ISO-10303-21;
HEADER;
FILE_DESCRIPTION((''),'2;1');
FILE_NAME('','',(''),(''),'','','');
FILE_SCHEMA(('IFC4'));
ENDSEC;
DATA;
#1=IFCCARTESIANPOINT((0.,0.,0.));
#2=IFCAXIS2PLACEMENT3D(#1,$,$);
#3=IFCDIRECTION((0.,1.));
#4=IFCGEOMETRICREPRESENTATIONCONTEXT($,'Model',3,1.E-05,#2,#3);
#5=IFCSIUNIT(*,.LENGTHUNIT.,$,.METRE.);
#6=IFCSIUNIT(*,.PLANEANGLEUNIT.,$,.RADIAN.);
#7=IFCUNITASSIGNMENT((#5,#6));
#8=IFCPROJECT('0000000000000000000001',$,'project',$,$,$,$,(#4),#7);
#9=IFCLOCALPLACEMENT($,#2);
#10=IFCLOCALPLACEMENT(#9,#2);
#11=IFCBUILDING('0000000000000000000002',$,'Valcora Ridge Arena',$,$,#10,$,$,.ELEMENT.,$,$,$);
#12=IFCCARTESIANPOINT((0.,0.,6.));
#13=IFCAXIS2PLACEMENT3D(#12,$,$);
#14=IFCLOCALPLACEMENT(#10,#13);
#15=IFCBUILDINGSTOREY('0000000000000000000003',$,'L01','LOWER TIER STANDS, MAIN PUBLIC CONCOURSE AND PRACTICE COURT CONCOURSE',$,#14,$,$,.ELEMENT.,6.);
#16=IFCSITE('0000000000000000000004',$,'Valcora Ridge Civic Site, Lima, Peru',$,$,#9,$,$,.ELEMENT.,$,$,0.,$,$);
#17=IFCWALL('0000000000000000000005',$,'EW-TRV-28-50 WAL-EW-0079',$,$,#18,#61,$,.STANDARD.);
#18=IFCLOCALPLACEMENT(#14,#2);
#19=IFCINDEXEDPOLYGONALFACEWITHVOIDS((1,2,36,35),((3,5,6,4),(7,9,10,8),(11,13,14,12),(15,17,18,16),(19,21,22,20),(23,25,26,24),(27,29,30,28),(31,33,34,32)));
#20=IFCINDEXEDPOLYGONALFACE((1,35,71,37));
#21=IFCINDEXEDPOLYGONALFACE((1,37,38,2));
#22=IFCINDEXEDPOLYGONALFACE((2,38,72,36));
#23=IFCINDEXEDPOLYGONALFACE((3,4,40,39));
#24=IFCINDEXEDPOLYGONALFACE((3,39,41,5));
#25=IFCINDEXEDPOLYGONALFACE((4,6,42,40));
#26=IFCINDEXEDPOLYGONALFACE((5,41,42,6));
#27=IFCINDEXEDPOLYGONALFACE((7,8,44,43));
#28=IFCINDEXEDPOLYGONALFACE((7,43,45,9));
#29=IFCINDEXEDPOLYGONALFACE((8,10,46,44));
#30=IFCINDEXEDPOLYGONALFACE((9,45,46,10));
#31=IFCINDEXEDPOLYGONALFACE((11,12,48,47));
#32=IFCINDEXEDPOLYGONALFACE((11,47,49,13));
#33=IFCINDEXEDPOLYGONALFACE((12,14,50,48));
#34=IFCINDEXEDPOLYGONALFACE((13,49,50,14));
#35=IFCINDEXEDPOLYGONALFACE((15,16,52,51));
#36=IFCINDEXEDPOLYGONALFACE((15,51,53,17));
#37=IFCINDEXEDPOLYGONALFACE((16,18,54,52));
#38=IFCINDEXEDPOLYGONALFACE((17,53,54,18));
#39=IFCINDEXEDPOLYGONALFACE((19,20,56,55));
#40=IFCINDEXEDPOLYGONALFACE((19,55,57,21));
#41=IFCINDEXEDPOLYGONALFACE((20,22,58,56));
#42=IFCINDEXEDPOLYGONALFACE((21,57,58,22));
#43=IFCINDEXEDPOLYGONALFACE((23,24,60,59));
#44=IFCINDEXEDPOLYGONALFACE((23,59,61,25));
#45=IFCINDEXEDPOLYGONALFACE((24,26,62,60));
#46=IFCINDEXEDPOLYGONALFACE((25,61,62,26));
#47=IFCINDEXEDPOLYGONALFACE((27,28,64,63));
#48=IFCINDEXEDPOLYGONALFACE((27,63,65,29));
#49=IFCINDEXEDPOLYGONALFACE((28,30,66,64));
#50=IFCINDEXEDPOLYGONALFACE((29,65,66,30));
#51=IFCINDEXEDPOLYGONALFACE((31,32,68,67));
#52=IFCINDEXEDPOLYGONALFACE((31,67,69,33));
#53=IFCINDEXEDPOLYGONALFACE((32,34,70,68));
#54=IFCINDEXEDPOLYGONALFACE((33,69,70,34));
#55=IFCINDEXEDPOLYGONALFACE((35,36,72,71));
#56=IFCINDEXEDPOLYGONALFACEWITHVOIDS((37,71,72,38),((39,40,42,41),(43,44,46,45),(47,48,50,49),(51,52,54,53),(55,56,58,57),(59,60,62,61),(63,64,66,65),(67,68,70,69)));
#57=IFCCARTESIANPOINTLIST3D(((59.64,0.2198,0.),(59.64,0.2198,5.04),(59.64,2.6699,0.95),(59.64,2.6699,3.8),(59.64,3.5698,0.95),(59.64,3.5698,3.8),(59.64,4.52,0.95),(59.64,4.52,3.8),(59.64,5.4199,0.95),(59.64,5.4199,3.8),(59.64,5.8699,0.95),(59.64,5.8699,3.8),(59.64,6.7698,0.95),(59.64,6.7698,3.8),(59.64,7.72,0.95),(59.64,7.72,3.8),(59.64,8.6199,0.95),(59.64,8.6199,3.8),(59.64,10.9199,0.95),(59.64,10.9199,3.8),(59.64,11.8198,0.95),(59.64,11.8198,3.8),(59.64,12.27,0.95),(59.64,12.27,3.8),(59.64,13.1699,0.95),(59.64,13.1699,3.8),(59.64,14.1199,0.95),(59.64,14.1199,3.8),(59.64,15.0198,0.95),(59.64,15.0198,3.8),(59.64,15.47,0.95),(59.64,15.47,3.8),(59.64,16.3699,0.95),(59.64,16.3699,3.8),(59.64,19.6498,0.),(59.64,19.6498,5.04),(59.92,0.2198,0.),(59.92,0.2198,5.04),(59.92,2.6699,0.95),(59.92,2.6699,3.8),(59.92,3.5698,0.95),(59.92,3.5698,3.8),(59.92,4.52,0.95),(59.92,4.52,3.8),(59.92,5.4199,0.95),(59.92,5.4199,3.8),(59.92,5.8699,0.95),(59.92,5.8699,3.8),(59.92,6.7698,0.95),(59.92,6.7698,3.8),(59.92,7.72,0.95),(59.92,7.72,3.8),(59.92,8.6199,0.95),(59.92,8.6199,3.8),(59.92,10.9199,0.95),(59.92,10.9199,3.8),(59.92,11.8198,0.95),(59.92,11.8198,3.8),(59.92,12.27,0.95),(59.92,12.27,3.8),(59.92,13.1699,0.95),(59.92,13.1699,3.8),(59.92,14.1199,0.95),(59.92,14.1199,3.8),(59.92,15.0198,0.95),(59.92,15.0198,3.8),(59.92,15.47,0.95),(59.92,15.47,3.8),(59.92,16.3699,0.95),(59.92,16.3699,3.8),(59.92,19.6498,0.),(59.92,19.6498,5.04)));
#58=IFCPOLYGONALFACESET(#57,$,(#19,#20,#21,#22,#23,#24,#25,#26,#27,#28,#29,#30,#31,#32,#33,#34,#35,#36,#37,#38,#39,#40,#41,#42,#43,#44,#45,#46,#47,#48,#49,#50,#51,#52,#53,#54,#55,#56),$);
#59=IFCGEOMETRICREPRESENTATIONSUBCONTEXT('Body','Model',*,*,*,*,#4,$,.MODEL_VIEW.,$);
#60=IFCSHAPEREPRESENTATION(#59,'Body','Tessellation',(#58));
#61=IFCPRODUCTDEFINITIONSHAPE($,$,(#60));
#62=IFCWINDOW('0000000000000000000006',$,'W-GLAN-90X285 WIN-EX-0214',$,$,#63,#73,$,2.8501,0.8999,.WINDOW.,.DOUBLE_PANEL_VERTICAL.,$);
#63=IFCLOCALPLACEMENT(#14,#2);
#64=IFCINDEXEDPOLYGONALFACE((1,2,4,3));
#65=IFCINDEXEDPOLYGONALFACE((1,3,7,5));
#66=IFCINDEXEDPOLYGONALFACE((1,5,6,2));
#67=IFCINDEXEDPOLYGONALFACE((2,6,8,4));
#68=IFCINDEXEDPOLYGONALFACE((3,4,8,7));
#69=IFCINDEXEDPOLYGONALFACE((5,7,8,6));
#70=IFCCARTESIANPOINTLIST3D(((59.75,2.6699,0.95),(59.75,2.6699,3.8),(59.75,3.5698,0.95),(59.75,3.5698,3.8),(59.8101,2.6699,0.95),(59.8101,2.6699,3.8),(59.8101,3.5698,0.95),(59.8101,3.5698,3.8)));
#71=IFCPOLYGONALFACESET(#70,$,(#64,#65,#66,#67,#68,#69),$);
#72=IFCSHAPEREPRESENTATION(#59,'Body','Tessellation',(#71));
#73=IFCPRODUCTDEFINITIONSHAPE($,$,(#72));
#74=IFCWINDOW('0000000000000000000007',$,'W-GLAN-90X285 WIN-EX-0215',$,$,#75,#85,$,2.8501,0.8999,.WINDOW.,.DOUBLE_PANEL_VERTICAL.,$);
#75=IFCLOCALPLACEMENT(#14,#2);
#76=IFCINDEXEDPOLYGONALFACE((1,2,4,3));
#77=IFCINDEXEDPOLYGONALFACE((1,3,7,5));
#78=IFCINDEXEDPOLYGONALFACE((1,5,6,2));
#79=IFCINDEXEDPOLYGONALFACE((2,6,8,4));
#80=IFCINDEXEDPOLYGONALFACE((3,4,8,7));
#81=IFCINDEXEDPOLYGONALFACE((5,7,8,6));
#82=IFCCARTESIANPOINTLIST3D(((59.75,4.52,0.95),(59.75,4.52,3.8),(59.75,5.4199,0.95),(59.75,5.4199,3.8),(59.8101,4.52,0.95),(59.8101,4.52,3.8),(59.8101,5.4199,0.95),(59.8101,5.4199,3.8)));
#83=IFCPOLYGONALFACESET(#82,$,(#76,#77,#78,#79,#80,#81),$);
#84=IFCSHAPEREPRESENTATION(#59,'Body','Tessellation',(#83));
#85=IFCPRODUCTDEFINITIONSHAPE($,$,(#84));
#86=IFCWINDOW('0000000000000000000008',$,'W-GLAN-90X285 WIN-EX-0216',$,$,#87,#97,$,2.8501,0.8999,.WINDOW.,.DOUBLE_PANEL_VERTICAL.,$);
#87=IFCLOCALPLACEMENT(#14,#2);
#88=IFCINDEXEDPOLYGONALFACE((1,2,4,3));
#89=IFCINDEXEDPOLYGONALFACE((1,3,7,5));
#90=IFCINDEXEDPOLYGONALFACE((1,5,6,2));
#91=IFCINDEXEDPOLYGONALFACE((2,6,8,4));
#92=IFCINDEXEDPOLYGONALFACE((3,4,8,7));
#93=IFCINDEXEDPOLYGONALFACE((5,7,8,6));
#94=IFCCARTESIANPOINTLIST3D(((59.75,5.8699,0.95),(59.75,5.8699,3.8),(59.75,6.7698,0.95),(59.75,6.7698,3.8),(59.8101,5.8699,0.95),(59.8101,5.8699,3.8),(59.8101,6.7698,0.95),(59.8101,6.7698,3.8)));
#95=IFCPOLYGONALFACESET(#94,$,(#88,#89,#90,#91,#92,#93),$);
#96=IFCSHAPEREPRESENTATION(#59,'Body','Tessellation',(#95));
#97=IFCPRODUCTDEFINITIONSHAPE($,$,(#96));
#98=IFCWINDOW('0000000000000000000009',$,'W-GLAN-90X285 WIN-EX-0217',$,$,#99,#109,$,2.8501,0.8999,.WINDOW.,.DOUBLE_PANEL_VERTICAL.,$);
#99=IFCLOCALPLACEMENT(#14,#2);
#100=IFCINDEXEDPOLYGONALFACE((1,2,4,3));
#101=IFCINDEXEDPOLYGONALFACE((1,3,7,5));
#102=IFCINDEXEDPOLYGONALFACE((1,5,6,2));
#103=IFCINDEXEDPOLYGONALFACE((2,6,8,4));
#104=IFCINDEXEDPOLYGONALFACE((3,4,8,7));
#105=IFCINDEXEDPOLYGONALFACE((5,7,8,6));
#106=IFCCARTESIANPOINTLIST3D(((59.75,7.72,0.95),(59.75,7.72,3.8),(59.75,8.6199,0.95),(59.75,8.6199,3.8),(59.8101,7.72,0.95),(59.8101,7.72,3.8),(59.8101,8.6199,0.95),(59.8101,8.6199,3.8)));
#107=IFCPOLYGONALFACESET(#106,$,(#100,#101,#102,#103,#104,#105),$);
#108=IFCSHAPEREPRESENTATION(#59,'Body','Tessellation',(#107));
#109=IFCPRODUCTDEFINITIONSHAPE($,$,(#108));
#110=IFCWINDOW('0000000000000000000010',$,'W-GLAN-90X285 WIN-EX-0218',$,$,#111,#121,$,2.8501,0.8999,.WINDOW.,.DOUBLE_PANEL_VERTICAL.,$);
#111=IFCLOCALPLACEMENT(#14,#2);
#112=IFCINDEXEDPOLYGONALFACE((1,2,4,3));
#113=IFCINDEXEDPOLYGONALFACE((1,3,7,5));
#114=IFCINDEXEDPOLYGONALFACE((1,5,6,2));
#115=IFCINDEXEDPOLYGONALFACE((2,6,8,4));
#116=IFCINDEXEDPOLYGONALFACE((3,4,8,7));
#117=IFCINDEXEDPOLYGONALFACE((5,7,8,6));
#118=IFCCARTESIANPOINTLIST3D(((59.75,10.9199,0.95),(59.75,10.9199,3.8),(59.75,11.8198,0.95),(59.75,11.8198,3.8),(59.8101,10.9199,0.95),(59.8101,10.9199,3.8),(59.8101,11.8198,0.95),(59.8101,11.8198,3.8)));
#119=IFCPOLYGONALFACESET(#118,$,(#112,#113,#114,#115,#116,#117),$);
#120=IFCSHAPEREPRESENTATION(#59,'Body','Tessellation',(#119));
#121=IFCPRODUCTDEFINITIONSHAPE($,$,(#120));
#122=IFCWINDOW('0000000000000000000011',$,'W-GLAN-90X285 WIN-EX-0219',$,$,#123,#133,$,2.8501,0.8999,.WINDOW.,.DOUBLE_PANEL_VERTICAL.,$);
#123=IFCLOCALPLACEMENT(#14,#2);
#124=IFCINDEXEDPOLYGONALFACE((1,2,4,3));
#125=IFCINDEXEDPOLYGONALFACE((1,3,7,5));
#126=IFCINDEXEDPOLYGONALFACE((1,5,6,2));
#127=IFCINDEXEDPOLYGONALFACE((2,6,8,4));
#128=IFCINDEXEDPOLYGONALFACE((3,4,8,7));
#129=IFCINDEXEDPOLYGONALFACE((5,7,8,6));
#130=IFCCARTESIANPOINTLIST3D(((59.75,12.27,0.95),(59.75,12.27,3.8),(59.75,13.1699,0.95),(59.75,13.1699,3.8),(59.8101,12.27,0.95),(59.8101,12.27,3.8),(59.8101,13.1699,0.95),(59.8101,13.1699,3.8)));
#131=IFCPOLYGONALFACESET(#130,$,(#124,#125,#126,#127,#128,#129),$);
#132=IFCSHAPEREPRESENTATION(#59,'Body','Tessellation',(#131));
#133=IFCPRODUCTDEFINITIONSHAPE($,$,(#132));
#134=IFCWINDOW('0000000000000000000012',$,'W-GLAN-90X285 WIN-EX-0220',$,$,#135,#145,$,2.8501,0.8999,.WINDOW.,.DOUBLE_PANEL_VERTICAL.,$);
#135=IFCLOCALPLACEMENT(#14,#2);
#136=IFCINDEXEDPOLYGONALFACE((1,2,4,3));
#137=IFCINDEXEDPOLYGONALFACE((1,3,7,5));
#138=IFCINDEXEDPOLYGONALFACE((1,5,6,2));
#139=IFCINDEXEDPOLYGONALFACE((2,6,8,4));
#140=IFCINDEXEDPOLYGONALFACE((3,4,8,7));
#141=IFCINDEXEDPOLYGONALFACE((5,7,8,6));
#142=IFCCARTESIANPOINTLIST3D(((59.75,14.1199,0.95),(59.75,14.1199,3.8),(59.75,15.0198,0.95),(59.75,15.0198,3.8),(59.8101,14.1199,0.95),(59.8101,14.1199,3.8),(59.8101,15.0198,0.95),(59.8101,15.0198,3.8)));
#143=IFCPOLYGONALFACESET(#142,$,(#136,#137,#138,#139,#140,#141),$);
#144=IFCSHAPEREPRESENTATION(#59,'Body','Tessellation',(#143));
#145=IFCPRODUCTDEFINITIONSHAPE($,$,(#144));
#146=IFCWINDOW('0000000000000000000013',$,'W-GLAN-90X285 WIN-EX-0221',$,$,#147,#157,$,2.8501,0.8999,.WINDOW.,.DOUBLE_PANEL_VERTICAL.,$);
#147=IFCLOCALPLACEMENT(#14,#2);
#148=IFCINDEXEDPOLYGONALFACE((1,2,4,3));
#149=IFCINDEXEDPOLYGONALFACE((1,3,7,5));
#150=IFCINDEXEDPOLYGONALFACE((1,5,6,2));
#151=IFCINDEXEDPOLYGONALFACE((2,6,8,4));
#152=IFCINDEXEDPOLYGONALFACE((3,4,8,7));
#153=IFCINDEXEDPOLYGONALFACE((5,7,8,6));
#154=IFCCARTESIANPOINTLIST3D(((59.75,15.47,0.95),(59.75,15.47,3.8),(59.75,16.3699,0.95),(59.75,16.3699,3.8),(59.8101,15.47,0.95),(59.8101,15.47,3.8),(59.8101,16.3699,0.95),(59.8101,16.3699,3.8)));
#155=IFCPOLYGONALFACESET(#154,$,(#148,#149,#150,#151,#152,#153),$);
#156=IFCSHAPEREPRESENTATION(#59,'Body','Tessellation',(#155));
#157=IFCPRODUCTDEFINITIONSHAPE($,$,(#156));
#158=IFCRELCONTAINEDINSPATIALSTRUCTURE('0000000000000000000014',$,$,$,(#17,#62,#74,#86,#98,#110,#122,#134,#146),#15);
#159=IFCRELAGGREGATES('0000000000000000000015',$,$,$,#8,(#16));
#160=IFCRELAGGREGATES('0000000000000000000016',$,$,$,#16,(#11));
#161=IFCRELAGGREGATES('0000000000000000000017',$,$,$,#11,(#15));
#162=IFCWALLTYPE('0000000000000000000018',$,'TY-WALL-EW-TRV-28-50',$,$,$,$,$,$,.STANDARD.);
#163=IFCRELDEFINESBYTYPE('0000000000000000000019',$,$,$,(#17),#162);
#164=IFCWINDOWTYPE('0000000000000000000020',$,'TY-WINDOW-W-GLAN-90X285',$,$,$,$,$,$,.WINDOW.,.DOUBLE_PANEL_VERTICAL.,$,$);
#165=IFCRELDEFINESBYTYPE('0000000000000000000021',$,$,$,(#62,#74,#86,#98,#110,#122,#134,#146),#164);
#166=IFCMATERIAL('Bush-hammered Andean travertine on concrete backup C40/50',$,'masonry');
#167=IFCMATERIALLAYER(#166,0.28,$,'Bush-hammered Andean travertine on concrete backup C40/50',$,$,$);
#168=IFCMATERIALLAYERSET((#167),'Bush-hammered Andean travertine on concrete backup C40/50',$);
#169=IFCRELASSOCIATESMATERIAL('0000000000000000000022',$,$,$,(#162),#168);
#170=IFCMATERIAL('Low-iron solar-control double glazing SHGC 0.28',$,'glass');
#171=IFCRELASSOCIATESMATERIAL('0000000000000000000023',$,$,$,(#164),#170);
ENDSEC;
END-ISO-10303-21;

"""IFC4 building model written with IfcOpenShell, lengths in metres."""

from ifc_helpers import new_model, si_unit, direction, frame, frame_2d, origin, place, context, subcontext, project, spatial, rectangle, extrude, material, layer, layer_set, type_object, element, fill, save


model = new_model("IFC4")

# Units and contexts
model_context = context("Model", 3, precision=1e-05, world=origin(), true_north=direction((0.0, 1.0)))
body_context = subcontext(model_context, "Body", "Model", "MODEL_VIEW")
ifc_project = project(units=[si_unit("LENGTHUNIT", "METRE"), si_unit("PLANEANGLEUNIT", "RADIAN")], contexts=[model_context])

# Site, building, storey
site_placement = place(None, origin())
site = spatial("IfcSite", under=ifc_project, at=site_placement, Name="Valcora Ridge Civic Site, Lima, Peru", CompositionType="ELEMENT", RefElevation=0.0)
building_placement = place(site_placement, origin())
building = spatial("IfcBuilding", under=site, at=building_placement, Name="Valcora Ridge Arena", CompositionType="ELEMENT")
storey_placement = place(building_placement, frame((0.0, 0.0, 6.0)))
storey = spatial("IfcBuildingStorey", under=building, at=storey_placement, Name="L01", Description="LOWER TIER STANDS, MAIN PUBLIC CONCOURSE AND PRACTICE COURT CONCOURSE", CompositionType="ELEMENT", Elevation=6.0)

# Shared definitions
ifc_material_1 = material(Name="Low-iron solar-control double glazing SHGC 0.28", Category="glass")

# Wall, openings, windows
ifc_material_2 = material(Name="Bush-hammered Andean travertine on concrete backup C40/50", Category="masonry")
ifc_layer_1 = layer(ifc_material_2, 0.28, Name="Bush-hammered Andean travertine on concrete backup C40/50")
ifc_layer_set_1 = layer_set([ifc_layer_1], Name="Bush-hammered Andean travertine on concrete backup C40/50")
wall_type_1 = type_object("IfcWallType", Name="TY-WALL-EW-TRV-28-50", PredefinedType="STANDARD", material=ifc_layer_set_1)
wall_1_placement = place(storey_placement, frame((59.78, 0.22, 0.0), z_axis=(0.0, 0.0, 1.0), x_axis=(0.0, 1.0, 0.0)))
wall_1 = element("IfcWall", 1, at=wall_1_placement, inside=storey, type_object=wall_type_1, Name="EW-TRV-28-50 WAL-EW-0079", PredefinedType="STANDARD", context=body_context, shape_type="SweptSolid", body=[
    extrude(rectangle(XDim=19.4299, YDim=0.28, at=frame_2d((9.7148, 0.0))), origin(), (0.0, 0.0, 1.0), 5.04),
])
opening_1_placement = place(wall_1_placement, frame((2.45, 0.0, 0.95)))
opening_1 = element("IfcOpeningElement", 2, at=opening_1_placement, cuts=wall_1, PredefinedType="OPENING", context=body_context, shape_type="SweptSolid", body=[
    extrude(rectangle(XDim=0.8999, YDim=2.8501, at=frame_2d((0.45, 1.425))), frame((0.0, 0.1499, 0.0), z_axis=(0.0, -1.0, 0.0), x_axis=(1.0, 0.0, 0.0)), (0.0, 0.0, 1.0), 0.3),
])
opening_2_placement = place(wall_1_placement, frame((4.3, 0.0, 0.95)))
opening_2 = element("IfcOpeningElement", 3, at=opening_2_placement, cuts=wall_1, PredefinedType="OPENING", context=body_context, shape_type="SweptSolid", body=[
    extrude(rectangle(XDim=0.8999, YDim=2.8501, at=frame_2d((0.45, 1.425))), frame((0.0, 0.1499, 0.0), z_axis=(0.0, -1.0, 0.0), x_axis=(1.0, 0.0, 0.0)), (0.0, 0.0, 1.0), 0.3),
])
opening_3_placement = place(wall_1_placement, frame((5.6499, 0.0, 0.95)))
opening_3 = element("IfcOpeningElement", 4, at=opening_3_placement, cuts=wall_1, PredefinedType="OPENING", context=body_context, shape_type="SweptSolid", body=[
    extrude(rectangle(XDim=0.8999, YDim=2.8501, at=frame_2d((0.45, 1.425))), frame((0.0, 0.1499, 0.0), z_axis=(0.0, -1.0, 0.0), x_axis=(1.0, 0.0, 0.0)), (0.0, 0.0, 1.0), 0.3),
])
opening_4_placement = place(wall_1_placement, frame((7.5, 0.0, 0.95)))
opening_4 = element("IfcOpeningElement", 5, at=opening_4_placement, cuts=wall_1, PredefinedType="OPENING", context=body_context, shape_type="SweptSolid", body=[
    extrude(rectangle(XDim=0.8999, YDim=2.8501, at=frame_2d((0.45, 1.425))), frame((0.0, 0.1499, 0.0), z_axis=(0.0, -1.0, 0.0), x_axis=(1.0, 0.0, 0.0)), (0.0, 0.0, 1.0), 0.3),
])
opening_5_placement = place(wall_1_placement, frame((10.7, 0.0, 0.95)))
opening_5 = element("IfcOpeningElement", 6, at=opening_5_placement, cuts=wall_1, PredefinedType="OPENING", context=body_context, shape_type="SweptSolid", body=[
    extrude(rectangle(XDim=0.8999, YDim=2.8501, at=frame_2d((0.45, 1.425))), frame((0.0, 0.1499, 0.0), z_axis=(0.0, -1.0, 0.0), x_axis=(1.0, 0.0, 0.0)), (0.0, 0.0, 1.0), 0.3),
])
opening_6_placement = place(wall_1_placement, frame((12.05, 0.0, 0.95)))
opening_6 = element("IfcOpeningElement", 7, at=opening_6_placement, cuts=wall_1, PredefinedType="OPENING", context=body_context, shape_type="SweptSolid", body=[
    extrude(rectangle(XDim=0.8999, YDim=2.8501, at=frame_2d((0.45, 1.425))), frame((0.0, 0.1499, 0.0), z_axis=(0.0, -1.0, 0.0), x_axis=(1.0, 0.0, 0.0)), (0.0, 0.0, 1.0), 0.3),
])
opening_7_placement = place(wall_1_placement, frame((13.8999, 0.0, 0.95)))
opening_7 = element("IfcOpeningElement", 8, at=opening_7_placement, cuts=wall_1, PredefinedType="OPENING", context=body_context, shape_type="SweptSolid", body=[
    extrude(rectangle(XDim=0.8999, YDim=2.8501, at=frame_2d((0.45, 1.425))), frame((0.0, 0.1499, 0.0), z_axis=(0.0, -1.0, 0.0), x_axis=(1.0, 0.0, 0.0)), (0.0, 0.0, 1.0), 0.3),
])
opening_8_placement = place(wall_1_placement, frame((15.25, 0.0, 0.95)))
opening_8 = element("IfcOpeningElement", 9, at=opening_8_placement, cuts=wall_1, PredefinedType="OPENING", context=body_context, shape_type="SweptSolid", body=[
    extrude(rectangle(XDim=0.8999, YDim=2.8501, at=frame_2d((0.45, 1.425))), frame((0.0, 0.1499, 0.0), z_axis=(0.0, -1.0, 0.0), x_axis=(1.0, 0.0, 0.0)), (0.0, 0.0, 1.0), 0.3),
])
window_type = type_object("IfcWindowType", Name="TY-WINDOW-W-GLAN-90X285", PartitioningType="DOUBLE_PANEL_VERTICAL", PredefinedType="WINDOW", material=ifc_material_1)
window_1_placement = place(opening_1_placement, origin())
window_1 = element("IfcWindow", 10, at=window_1_placement, inside=storey, type_object=window_type, Name="W-GLAN-90X285 WIN-EX-0214", OverallHeight=2.8501, OverallWidth=0.8999, PartitioningType="DOUBLE_PANEL_VERTICAL", PredefinedType="WINDOW", context=body_context, shape_type="SweptSolid", body=[
    extrude(rectangle(XDim=0.8999, YDim=2.8501, at=frame_2d((0.45, 1.425))), frame((0.0, 0.03, 0.0), z_axis=(0.0, -1.0, 0.0), x_axis=(1.0, 0.0, 0.0)), (0.0, 0.0, 1.0), 0.0601),
])
fill(opening_1, window_1)
window_2_placement = place(opening_2_placement, origin())
window_2 = element("IfcWindow", 11, at=window_2_placement, inside=storey, type_object=window_type, Name="W-GLAN-90X285 WIN-EX-0215", OverallHeight=2.8501, OverallWidth=0.8999, PartitioningType="DOUBLE_PANEL_VERTICAL", PredefinedType="WINDOW", context=body_context, shape_type="SweptSolid", body=[
    extrude(rectangle(XDim=0.8999, YDim=2.8501, at=frame_2d((0.45, 1.425))), frame((0.0, 0.03, 0.0), z_axis=(0.0, -1.0, 0.0), x_axis=(1.0, 0.0, 0.0)), (0.0, 0.0, 1.0), 0.0601),
])
fill(opening_2, window_2)
window_3_placement = place(opening_3_placement, origin())
window_3 = element("IfcWindow", 12, at=window_3_placement, inside=storey, type_object=window_type, Name="W-GLAN-90X285 WIN-EX-0216", OverallHeight=2.8501, OverallWidth=0.8999, PartitioningType="DOUBLE_PANEL_VERTICAL", PredefinedType="WINDOW", context=body_context, shape_type="SweptSolid", body=[
    extrude(rectangle(XDim=0.8999, YDim=2.8501, at=frame_2d((0.45, 1.425))), frame((0.0, 0.03, 0.0), z_axis=(0.0, -1.0, 0.0), x_axis=(1.0, 0.0, 0.0)), (0.0, 0.0, 1.0), 0.0601),
])
fill(opening_3, window_3)
window_4_placement = place(opening_4_placement, origin())
window_4 = element("IfcWindow", 13, at=window_4_placement, inside=storey, type_object=window_type, Name="W-GLAN-90X285 WIN-EX-0217", OverallHeight=2.8501, OverallWidth=0.8999, PartitioningType="DOUBLE_PANEL_VERTICAL", PredefinedType="WINDOW", context=body_context, shape_type="SweptSolid", body=[
    extrude(rectangle(XDim=0.8999, YDim=2.8501, at=frame_2d((0.45, 1.425))), frame((0.0, 0.03, 0.0), z_axis=(0.0, -1.0, 0.0), x_axis=(1.0, 0.0, 0.0)), (0.0, 0.0, 1.0), 0.0601),
])
fill(opening_4, window_4)
window_5_placement = place(opening_5_placement, origin())
window_5 = element("IfcWindow", 14, at=window_5_placement, inside=storey, type_object=window_type, Name="W-GLAN-90X285 WIN-EX-0218", OverallHeight=2.8501, OverallWidth=0.8999, PartitioningType="DOUBLE_PANEL_VERTICAL", PredefinedType="WINDOW", context=body_context, shape_type="SweptSolid", body=[
    extrude(rectangle(XDim=0.8999, YDim=2.8501, at=frame_2d((0.45, 1.425))), frame((0.0, 0.03, 0.0), z_axis=(0.0, -1.0, 0.0), x_axis=(1.0, 0.0, 0.0)), (0.0, 0.0, 1.0), 0.0601),
])
fill(opening_5, window_5)
window_6_placement = place(opening_6_placement, origin())
window_6 = element("IfcWindow", 15, at=window_6_placement, inside=storey, type_object=window_type, Name="W-GLAN-90X285 WIN-EX-0219", OverallHeight=2.8501, OverallWidth=0.8999, PartitioningType="DOUBLE_PANEL_VERTICAL", PredefinedType="WINDOW", context=body_context, shape_type="SweptSolid", body=[
    extrude(rectangle(XDim=0.8999, YDim=2.8501, at=frame_2d((0.45, 1.425))), frame((0.0, 0.03, 0.0), z_axis=(0.0, -1.0, 0.0), x_axis=(1.0, 0.0, 0.0)), (0.0, 0.0, 1.0), 0.0601),
])
fill(opening_6, window_6)
window_7_placement = place(opening_7_placement, origin())
window_7 = element("IfcWindow", 16, at=window_7_placement, inside=storey, type_object=window_type, Name="W-GLAN-90X285 WIN-EX-0220", OverallHeight=2.8501, OverallWidth=0.8999, PartitioningType="DOUBLE_PANEL_VERTICAL", PredefinedType="WINDOW", context=body_context, shape_type="SweptSolid", body=[
    extrude(rectangle(XDim=0.8999, YDim=2.8501, at=frame_2d((0.45, 1.425))), frame((0.0, 0.03, 0.0), z_axis=(0.0, -1.0, 0.0), x_axis=(1.0, 0.0, 0.0)), (0.0, 0.0, 1.0), 0.0601),
])
fill(opening_7, window_7)
window_8_placement = place(opening_8_placement, origin())
window_8 = element("IfcWindow", 17, at=window_8_placement, inside=storey, type_object=window_type, Name="W-GLAN-90X285 WIN-EX-0221", OverallHeight=2.8501, OverallWidth=0.8999, PartitioningType="DOUBLE_PANEL_VERTICAL", PredefinedType="WINDOW", context=body_context, shape_type="SweptSolid", body=[
    extrude(rectangle(XDim=0.8999, YDim=2.8501, at=frame_2d((0.45, 1.425))), frame((0.0, 0.03, 0.0), z_axis=(0.0, -1.0, 0.0), x_axis=(1.0, 0.0, 0.0)), (0.0, 0.0, 1.0), 0.0601),
])
fill(opening_8, window_8)

save(model, "model.ifc")
